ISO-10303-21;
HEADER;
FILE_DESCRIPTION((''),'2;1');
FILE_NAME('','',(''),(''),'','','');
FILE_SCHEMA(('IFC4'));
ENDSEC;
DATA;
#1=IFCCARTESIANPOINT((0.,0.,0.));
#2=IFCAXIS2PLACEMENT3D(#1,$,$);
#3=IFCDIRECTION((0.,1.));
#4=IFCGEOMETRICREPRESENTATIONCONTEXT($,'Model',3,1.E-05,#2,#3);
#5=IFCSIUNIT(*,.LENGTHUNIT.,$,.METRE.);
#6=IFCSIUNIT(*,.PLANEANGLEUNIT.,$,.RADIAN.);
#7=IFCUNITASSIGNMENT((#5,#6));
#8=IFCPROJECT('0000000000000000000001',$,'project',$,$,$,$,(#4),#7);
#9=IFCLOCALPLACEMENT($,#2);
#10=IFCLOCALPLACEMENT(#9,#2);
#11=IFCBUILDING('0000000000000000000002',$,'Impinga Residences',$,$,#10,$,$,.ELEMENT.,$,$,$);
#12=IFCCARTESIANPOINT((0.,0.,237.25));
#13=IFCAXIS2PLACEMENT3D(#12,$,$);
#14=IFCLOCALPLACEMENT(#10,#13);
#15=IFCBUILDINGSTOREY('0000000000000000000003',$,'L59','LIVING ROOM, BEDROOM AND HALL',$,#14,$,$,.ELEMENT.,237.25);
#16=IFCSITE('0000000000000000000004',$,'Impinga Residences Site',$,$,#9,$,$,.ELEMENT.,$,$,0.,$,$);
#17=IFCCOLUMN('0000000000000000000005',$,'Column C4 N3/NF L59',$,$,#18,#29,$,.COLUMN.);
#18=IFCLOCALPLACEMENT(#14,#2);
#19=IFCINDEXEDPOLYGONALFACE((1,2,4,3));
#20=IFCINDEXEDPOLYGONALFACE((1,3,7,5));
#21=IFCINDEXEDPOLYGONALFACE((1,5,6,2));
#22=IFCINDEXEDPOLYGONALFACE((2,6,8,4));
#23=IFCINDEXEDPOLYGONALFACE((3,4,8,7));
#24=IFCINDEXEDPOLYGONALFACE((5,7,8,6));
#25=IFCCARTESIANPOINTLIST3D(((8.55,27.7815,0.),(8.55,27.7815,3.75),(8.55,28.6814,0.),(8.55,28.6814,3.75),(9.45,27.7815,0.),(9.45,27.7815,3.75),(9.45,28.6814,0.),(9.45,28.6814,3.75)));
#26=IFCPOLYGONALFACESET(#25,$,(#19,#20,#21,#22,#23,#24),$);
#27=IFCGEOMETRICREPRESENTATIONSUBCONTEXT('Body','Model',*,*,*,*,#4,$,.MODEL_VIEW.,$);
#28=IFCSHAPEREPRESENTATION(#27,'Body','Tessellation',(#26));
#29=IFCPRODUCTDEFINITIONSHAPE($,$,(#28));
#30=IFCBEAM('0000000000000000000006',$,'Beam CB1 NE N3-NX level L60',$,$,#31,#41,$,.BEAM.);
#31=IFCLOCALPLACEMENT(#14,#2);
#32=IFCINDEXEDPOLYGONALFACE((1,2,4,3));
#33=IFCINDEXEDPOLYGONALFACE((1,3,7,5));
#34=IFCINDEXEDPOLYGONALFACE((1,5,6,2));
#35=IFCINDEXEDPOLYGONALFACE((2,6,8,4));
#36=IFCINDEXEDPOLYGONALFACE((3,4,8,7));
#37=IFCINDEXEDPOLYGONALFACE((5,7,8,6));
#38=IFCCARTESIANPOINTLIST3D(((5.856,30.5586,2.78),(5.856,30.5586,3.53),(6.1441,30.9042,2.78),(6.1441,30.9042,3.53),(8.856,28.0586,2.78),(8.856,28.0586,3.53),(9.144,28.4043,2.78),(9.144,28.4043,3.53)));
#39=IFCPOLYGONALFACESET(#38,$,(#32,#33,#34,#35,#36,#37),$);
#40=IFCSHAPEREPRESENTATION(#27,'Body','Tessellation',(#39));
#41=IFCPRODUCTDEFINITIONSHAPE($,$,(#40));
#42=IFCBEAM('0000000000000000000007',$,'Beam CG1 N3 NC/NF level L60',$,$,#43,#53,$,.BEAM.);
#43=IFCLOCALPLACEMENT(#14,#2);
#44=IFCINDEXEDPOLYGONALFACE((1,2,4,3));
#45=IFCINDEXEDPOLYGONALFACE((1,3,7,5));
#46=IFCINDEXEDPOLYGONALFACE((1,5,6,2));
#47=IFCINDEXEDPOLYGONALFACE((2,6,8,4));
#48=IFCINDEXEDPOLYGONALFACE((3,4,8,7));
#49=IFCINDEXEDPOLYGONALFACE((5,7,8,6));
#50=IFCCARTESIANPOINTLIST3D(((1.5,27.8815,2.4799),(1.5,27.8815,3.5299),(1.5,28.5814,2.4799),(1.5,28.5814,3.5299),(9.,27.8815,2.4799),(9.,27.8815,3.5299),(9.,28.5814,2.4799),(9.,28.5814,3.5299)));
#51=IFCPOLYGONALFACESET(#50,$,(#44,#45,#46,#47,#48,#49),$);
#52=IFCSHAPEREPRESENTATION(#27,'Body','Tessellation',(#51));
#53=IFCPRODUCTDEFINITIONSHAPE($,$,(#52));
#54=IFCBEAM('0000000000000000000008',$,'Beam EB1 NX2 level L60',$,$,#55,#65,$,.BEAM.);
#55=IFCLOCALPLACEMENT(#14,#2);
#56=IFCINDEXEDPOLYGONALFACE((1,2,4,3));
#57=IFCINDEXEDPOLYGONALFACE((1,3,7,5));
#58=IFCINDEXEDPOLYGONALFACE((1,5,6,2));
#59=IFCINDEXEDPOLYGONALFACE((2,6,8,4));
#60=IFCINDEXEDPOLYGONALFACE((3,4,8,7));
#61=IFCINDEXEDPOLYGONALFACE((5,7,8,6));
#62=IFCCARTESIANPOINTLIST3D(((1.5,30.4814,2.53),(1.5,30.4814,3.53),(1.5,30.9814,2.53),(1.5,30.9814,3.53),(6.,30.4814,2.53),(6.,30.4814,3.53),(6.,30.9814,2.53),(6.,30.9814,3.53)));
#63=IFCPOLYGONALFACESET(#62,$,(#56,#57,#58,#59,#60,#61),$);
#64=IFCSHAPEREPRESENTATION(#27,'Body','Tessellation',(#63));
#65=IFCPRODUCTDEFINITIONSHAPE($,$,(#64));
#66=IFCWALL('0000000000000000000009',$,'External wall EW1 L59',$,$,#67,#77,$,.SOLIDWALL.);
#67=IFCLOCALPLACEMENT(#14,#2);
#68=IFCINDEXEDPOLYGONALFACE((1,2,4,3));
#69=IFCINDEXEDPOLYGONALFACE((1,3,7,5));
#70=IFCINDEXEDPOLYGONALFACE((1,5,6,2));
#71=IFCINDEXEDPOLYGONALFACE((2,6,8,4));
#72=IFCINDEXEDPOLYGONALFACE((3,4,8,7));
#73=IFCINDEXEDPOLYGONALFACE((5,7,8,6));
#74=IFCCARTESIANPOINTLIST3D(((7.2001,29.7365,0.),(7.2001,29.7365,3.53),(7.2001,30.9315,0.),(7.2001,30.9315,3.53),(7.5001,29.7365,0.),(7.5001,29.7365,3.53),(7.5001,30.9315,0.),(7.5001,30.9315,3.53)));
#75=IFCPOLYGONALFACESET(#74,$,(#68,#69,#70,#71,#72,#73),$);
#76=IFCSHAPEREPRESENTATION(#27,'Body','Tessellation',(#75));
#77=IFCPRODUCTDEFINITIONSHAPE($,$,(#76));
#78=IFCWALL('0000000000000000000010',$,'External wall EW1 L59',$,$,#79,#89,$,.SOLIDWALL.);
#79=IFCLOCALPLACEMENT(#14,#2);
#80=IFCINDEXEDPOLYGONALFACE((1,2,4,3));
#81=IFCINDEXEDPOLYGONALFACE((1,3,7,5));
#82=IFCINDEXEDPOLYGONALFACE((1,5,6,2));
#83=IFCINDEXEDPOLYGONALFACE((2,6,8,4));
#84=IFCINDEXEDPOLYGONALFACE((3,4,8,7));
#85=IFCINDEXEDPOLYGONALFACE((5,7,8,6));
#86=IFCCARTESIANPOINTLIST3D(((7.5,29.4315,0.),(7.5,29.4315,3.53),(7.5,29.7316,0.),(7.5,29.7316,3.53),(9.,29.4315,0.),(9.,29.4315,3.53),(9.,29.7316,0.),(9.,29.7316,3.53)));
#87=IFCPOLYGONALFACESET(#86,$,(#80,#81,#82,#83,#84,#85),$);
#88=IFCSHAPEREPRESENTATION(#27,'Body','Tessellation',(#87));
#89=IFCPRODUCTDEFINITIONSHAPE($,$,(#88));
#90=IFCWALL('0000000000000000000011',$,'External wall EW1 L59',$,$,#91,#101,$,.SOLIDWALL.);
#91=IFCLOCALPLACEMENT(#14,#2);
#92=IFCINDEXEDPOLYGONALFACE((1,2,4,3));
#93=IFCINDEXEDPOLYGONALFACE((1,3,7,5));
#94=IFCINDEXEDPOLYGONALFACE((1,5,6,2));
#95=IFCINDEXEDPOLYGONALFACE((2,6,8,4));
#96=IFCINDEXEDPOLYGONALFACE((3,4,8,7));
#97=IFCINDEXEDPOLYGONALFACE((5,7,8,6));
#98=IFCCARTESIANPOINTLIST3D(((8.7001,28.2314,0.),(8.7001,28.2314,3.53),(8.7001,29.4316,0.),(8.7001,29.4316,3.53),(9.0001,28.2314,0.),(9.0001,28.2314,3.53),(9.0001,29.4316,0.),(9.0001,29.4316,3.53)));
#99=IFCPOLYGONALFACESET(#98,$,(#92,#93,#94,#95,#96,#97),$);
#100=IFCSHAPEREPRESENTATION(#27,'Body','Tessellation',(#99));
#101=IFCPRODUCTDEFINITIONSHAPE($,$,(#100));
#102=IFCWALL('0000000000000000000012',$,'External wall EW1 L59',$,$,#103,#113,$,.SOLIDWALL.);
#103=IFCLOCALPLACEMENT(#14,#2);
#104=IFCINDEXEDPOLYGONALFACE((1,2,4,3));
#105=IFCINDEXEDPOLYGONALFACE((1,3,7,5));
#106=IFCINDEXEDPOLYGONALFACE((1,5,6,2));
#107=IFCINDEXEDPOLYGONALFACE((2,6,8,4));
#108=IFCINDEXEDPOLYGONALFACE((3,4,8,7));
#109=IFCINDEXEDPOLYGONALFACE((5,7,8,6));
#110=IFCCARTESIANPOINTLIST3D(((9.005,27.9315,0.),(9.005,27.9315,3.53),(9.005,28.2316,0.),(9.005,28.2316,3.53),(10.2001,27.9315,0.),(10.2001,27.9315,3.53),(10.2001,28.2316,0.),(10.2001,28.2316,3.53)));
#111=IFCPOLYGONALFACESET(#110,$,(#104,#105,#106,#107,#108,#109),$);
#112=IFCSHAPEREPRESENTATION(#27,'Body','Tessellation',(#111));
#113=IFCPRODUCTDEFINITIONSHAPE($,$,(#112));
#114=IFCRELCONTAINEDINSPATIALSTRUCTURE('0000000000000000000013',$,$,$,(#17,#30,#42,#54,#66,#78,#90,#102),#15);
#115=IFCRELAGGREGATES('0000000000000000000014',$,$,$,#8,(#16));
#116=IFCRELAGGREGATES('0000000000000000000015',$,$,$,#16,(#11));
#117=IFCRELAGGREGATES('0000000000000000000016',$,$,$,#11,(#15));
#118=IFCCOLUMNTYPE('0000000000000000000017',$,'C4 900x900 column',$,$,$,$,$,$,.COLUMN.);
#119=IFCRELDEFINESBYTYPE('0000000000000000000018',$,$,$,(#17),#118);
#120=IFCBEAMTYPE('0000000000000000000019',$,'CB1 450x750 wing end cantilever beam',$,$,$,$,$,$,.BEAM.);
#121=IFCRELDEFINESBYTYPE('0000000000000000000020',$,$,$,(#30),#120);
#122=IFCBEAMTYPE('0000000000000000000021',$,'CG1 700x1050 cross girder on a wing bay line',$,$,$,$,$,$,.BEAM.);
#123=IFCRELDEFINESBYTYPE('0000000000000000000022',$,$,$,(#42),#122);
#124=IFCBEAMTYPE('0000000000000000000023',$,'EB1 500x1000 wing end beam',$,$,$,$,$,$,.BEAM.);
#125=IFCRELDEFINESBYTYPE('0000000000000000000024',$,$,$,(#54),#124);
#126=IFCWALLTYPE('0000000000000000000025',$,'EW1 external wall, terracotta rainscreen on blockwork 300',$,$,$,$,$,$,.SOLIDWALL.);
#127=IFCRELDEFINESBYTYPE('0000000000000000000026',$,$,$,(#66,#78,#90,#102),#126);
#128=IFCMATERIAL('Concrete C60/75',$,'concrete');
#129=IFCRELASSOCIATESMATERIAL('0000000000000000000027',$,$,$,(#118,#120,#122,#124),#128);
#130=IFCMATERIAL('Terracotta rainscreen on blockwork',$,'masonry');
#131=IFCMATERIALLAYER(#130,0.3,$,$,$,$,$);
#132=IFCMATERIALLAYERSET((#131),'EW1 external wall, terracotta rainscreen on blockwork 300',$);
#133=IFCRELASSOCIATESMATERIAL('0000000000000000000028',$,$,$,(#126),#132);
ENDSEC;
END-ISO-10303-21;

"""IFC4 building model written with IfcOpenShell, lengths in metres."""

from ifc_helpers import new_model, si_unit, direction, frame, frame_2d, origin, origin_2d, place, context, subcontext, project, spatial, rectangle, extrude, material, layer, layer_set, material_profile, profile_set, type_object, element, save


model = new_model("IFC4")

# Units and contexts
model_context = context("Model", 3, precision=1e-05, world=origin(), true_north=direction((0.0, 1.0)))
body_context = subcontext(model_context, "Body", "Model", "MODEL_VIEW")
ifc_project = project(units=[si_unit("LENGTHUNIT", "METRE"), si_unit("PLANEANGLEUNIT", "RADIAN")], contexts=[model_context])

# Site, building, storey
site_placement = place(None, origin())
site = spatial("IfcSite", under=ifc_project, at=site_placement, Name="Impinga Residences Site", CompositionType="ELEMENT", RefElevation=0.0)
building_placement = place(site_placement, origin())
building = spatial("IfcBuilding", under=site, at=building_placement, Name="Impinga Residences", CompositionType="ELEMENT")
storey_placement = place(building_placement, frame((0.0, 0.0, 237.25)))
storey = spatial("IfcBuildingStorey", under=building, at=storey_placement, Name="L59", Description="LIVING ROOM, BEDROOM AND HALL", CompositionType="ELEMENT", Elevation=237.25)

# Column
ifc_material_1 = material(Name="Concrete C60/75", Category="concrete")
ifc_material_profile_1 = material_profile(ifc_material_1, rectangle(XDim=0.8999, YDim=0.8999, at=origin_2d()), Name="RC 900x900")
ifc_profile_set_1 = profile_set([ifc_material_profile_1], Name="Concrete C60/75")
column_type = type_object("IfcColumnType", Name="C4 900x900 column", PredefinedType="COLUMN", material=ifc_profile_set_1)
column_placement = place(storey_placement, frame((9.0, 28.2314, 0.0), z_axis=(0.0, 0.0, 1.0), x_axis=(1.0, 0.0, 0.0)))
element("IfcColumn", 1, at=column_placement, inside=storey, type_object=column_type, Name="Column C4 N3/NF L59", PredefinedType="COLUMN", context=body_context, shape_type="SweptSolid", body=[
    extrude(rectangle(XDim=0.8999, YDim=0.8999, at=origin_2d()), origin(), (0.0, 0.0, 1.0), 3.75),
])

# Beams
ifc_material_profile_2 = material_profile(ifc_material_1, rectangle(XDim=0.45, YDim=0.75, at=origin_2d()), Name="RC 450x750")
ifc_profile_set_2 = profile_set([ifc_material_profile_2], Name="Concrete C60/75")
beam_type_1 = type_object("IfcBeamType", Name="CB1 450x750 wing end cantilever beam", PredefinedType="BEAM", material=ifc_profile_set_2)
beam_1_placement = place(storey_placement, frame((9.0, 28.2314, 3.155), z_axis=(-0.768221, 0.640184, 0.0), x_axis=(-0.640184, -0.768221, 0.0)))
element("IfcBeam", 2, at=beam_1_placement, inside=storey, type_object=beam_type_1, Name="Beam CB1 NE N3-NX level L60", PredefinedType="BEAM", context=body_context, shape_type="SweptSolid", body=[
    extrude(rectangle(XDim=0.45, YDim=0.75, at=origin_2d()), origin(), (0.0, 0.0, 1.0), 3.905),
])
ifc_material_profile_3 = material_profile(ifc_material_1, rectangle(XDim=0.7, YDim=1.05, at=origin_2d()), Name="RC 700x1050")
ifc_profile_set_3 = profile_set([ifc_material_profile_3], Name="Concrete C60/75")
beam_type_2 = type_object("IfcBeamType", Name="CG1 700x1050 cross girder on a wing bay line", PredefinedType="BEAM", material=ifc_profile_set_3)
beam_2_placement = place(storey_placement, frame((1.5, 28.2314, 3.0049), z_axis=(1.0, 0.0, 0.0), x_axis=(0.0, 1.0, 0.0)))
element("IfcBeam", 3, at=beam_2_placement, inside=storey, type_object=beam_type_2, Name="Beam CG1 N3 NC/NF level L60", PredefinedType="BEAM", context=body_context, shape_type="SweptSolid", body=[
    extrude(rectangle(XDim=0.7, YDim=1.05, at=origin_2d()), origin(), (0.0, 0.0, 1.0), 7.5),
])
ifc_material_profile_4 = material_profile(ifc_material_1, rectangle(XDim=0.5, YDim=1.0, at=origin_2d()), Name="RC 500x1000")
ifc_profile_set_4 = profile_set([ifc_material_profile_4], Name="Concrete C60/75")
beam_type_3 = type_object("IfcBeamType", Name="EB1 500x1000 wing end beam", PredefinedType="BEAM", material=ifc_profile_set_4)
beam_3_placement = place(storey_placement, frame((1.5, 30.7314, 3.03), z_axis=(1.0, 0.0, 0.0), x_axis=(0.0, 1.0, 0.0)))
element("IfcBeam", 4, at=beam_3_placement, inside=storey, type_object=beam_type_3, Name="Beam EB1 NX2 level L60", PredefinedType="BEAM", context=body_context, shape_type="SweptSolid", body=[
    extrude(rectangle(XDim=0.5, YDim=1.0, at=origin_2d()), origin(), (0.0, 0.0, 1.0), 4.5),
])

# Walls
ifc_material_2 = material(Name="Terracotta rainscreen on blockwork", Category="masonry")
ifc_layer_1 = layer(ifc_material_2, 0.3)
ifc_layer_set_1 = layer_set([ifc_layer_1], Name="EW1 external wall, terracotta rainscreen on blockwork 300")
wall_type_1 = type_object("IfcWallType", Name="EW1 external wall, terracotta rainscreen on blockwork 300", PredefinedType="SOLIDWALL", material=ifc_layer_set_1)
wall_1_placement = place(storey_placement, frame((7.3501, 30.9316, 0.0), z_axis=(0.0, 0.0, 1.0), x_axis=(0.0, -1.0, 0.0)))
element("IfcWall", 5, at=wall_1_placement, inside=storey, type_object=wall_type_1, Name="External wall EW1 L59", PredefinedType="SOLIDWALL", context=body_context, shape_type="SweptSolid", body=[
    extrude(rectangle(XDim=1.1951, YDim=0.3, at=frame_2d((0.5977, 0.0))), origin(), (0.0, 0.0, 1.0), 3.53),
])
wall_2_placement = place(storey_placement, frame((7.5, 29.5815, 0.0), z_axis=(0.0, 0.0, 1.0), x_axis=(1.0, 0.0, 0.0)))
element("IfcWall", 6, at=wall_2_placement, inside=storey, type_object=wall_type_1, Name="External wall EW1 L59", PredefinedType="SOLIDWALL", context=body_context, shape_type="SweptSolid", body=[
    extrude(rectangle(XDim=1.5, YDim=0.3, at=frame_2d((0.75, 0.0))), origin(), (0.0, 0.0, 1.0), 3.53),
])
wall_3_placement = place(storey_placement, frame((8.8501, 29.4316, 0.0), z_axis=(0.0, 0.0, 1.0), x_axis=(0.0, -1.0, 0.0)))
element("IfcWall", 7, at=wall_3_placement, inside=storey, type_object=wall_type_1, Name="External wall EW1 L59", PredefinedType="SOLIDWALL", context=body_context, shape_type="SweptSolid", body=[
    extrude(rectangle(XDim=1.2002, YDim=0.3, at=frame_2d((0.6001, 0.0))), origin(), (0.0, 0.0, 1.0), 3.53),
])
wall_4_placement = place(storey_placement, frame((9.0049, 28.0815, 0.0), z_axis=(0.0, 0.0, 1.0), x_axis=(1.0, 0.0, 0.0)))
element("IfcWall", 8, at=wall_4_placement, inside=storey, type_object=wall_type_1, Name="External wall EW1 L59", PredefinedType="SOLIDWALL", context=body_context, shape_type="SweptSolid", body=[
    extrude(rectangle(XDim=1.1951, YDim=0.3, at=frame_2d((0.5977, 0.0))), origin(), (0.0, 0.0, 1.0), 3.53),
])

save(model, "model.ifc")
